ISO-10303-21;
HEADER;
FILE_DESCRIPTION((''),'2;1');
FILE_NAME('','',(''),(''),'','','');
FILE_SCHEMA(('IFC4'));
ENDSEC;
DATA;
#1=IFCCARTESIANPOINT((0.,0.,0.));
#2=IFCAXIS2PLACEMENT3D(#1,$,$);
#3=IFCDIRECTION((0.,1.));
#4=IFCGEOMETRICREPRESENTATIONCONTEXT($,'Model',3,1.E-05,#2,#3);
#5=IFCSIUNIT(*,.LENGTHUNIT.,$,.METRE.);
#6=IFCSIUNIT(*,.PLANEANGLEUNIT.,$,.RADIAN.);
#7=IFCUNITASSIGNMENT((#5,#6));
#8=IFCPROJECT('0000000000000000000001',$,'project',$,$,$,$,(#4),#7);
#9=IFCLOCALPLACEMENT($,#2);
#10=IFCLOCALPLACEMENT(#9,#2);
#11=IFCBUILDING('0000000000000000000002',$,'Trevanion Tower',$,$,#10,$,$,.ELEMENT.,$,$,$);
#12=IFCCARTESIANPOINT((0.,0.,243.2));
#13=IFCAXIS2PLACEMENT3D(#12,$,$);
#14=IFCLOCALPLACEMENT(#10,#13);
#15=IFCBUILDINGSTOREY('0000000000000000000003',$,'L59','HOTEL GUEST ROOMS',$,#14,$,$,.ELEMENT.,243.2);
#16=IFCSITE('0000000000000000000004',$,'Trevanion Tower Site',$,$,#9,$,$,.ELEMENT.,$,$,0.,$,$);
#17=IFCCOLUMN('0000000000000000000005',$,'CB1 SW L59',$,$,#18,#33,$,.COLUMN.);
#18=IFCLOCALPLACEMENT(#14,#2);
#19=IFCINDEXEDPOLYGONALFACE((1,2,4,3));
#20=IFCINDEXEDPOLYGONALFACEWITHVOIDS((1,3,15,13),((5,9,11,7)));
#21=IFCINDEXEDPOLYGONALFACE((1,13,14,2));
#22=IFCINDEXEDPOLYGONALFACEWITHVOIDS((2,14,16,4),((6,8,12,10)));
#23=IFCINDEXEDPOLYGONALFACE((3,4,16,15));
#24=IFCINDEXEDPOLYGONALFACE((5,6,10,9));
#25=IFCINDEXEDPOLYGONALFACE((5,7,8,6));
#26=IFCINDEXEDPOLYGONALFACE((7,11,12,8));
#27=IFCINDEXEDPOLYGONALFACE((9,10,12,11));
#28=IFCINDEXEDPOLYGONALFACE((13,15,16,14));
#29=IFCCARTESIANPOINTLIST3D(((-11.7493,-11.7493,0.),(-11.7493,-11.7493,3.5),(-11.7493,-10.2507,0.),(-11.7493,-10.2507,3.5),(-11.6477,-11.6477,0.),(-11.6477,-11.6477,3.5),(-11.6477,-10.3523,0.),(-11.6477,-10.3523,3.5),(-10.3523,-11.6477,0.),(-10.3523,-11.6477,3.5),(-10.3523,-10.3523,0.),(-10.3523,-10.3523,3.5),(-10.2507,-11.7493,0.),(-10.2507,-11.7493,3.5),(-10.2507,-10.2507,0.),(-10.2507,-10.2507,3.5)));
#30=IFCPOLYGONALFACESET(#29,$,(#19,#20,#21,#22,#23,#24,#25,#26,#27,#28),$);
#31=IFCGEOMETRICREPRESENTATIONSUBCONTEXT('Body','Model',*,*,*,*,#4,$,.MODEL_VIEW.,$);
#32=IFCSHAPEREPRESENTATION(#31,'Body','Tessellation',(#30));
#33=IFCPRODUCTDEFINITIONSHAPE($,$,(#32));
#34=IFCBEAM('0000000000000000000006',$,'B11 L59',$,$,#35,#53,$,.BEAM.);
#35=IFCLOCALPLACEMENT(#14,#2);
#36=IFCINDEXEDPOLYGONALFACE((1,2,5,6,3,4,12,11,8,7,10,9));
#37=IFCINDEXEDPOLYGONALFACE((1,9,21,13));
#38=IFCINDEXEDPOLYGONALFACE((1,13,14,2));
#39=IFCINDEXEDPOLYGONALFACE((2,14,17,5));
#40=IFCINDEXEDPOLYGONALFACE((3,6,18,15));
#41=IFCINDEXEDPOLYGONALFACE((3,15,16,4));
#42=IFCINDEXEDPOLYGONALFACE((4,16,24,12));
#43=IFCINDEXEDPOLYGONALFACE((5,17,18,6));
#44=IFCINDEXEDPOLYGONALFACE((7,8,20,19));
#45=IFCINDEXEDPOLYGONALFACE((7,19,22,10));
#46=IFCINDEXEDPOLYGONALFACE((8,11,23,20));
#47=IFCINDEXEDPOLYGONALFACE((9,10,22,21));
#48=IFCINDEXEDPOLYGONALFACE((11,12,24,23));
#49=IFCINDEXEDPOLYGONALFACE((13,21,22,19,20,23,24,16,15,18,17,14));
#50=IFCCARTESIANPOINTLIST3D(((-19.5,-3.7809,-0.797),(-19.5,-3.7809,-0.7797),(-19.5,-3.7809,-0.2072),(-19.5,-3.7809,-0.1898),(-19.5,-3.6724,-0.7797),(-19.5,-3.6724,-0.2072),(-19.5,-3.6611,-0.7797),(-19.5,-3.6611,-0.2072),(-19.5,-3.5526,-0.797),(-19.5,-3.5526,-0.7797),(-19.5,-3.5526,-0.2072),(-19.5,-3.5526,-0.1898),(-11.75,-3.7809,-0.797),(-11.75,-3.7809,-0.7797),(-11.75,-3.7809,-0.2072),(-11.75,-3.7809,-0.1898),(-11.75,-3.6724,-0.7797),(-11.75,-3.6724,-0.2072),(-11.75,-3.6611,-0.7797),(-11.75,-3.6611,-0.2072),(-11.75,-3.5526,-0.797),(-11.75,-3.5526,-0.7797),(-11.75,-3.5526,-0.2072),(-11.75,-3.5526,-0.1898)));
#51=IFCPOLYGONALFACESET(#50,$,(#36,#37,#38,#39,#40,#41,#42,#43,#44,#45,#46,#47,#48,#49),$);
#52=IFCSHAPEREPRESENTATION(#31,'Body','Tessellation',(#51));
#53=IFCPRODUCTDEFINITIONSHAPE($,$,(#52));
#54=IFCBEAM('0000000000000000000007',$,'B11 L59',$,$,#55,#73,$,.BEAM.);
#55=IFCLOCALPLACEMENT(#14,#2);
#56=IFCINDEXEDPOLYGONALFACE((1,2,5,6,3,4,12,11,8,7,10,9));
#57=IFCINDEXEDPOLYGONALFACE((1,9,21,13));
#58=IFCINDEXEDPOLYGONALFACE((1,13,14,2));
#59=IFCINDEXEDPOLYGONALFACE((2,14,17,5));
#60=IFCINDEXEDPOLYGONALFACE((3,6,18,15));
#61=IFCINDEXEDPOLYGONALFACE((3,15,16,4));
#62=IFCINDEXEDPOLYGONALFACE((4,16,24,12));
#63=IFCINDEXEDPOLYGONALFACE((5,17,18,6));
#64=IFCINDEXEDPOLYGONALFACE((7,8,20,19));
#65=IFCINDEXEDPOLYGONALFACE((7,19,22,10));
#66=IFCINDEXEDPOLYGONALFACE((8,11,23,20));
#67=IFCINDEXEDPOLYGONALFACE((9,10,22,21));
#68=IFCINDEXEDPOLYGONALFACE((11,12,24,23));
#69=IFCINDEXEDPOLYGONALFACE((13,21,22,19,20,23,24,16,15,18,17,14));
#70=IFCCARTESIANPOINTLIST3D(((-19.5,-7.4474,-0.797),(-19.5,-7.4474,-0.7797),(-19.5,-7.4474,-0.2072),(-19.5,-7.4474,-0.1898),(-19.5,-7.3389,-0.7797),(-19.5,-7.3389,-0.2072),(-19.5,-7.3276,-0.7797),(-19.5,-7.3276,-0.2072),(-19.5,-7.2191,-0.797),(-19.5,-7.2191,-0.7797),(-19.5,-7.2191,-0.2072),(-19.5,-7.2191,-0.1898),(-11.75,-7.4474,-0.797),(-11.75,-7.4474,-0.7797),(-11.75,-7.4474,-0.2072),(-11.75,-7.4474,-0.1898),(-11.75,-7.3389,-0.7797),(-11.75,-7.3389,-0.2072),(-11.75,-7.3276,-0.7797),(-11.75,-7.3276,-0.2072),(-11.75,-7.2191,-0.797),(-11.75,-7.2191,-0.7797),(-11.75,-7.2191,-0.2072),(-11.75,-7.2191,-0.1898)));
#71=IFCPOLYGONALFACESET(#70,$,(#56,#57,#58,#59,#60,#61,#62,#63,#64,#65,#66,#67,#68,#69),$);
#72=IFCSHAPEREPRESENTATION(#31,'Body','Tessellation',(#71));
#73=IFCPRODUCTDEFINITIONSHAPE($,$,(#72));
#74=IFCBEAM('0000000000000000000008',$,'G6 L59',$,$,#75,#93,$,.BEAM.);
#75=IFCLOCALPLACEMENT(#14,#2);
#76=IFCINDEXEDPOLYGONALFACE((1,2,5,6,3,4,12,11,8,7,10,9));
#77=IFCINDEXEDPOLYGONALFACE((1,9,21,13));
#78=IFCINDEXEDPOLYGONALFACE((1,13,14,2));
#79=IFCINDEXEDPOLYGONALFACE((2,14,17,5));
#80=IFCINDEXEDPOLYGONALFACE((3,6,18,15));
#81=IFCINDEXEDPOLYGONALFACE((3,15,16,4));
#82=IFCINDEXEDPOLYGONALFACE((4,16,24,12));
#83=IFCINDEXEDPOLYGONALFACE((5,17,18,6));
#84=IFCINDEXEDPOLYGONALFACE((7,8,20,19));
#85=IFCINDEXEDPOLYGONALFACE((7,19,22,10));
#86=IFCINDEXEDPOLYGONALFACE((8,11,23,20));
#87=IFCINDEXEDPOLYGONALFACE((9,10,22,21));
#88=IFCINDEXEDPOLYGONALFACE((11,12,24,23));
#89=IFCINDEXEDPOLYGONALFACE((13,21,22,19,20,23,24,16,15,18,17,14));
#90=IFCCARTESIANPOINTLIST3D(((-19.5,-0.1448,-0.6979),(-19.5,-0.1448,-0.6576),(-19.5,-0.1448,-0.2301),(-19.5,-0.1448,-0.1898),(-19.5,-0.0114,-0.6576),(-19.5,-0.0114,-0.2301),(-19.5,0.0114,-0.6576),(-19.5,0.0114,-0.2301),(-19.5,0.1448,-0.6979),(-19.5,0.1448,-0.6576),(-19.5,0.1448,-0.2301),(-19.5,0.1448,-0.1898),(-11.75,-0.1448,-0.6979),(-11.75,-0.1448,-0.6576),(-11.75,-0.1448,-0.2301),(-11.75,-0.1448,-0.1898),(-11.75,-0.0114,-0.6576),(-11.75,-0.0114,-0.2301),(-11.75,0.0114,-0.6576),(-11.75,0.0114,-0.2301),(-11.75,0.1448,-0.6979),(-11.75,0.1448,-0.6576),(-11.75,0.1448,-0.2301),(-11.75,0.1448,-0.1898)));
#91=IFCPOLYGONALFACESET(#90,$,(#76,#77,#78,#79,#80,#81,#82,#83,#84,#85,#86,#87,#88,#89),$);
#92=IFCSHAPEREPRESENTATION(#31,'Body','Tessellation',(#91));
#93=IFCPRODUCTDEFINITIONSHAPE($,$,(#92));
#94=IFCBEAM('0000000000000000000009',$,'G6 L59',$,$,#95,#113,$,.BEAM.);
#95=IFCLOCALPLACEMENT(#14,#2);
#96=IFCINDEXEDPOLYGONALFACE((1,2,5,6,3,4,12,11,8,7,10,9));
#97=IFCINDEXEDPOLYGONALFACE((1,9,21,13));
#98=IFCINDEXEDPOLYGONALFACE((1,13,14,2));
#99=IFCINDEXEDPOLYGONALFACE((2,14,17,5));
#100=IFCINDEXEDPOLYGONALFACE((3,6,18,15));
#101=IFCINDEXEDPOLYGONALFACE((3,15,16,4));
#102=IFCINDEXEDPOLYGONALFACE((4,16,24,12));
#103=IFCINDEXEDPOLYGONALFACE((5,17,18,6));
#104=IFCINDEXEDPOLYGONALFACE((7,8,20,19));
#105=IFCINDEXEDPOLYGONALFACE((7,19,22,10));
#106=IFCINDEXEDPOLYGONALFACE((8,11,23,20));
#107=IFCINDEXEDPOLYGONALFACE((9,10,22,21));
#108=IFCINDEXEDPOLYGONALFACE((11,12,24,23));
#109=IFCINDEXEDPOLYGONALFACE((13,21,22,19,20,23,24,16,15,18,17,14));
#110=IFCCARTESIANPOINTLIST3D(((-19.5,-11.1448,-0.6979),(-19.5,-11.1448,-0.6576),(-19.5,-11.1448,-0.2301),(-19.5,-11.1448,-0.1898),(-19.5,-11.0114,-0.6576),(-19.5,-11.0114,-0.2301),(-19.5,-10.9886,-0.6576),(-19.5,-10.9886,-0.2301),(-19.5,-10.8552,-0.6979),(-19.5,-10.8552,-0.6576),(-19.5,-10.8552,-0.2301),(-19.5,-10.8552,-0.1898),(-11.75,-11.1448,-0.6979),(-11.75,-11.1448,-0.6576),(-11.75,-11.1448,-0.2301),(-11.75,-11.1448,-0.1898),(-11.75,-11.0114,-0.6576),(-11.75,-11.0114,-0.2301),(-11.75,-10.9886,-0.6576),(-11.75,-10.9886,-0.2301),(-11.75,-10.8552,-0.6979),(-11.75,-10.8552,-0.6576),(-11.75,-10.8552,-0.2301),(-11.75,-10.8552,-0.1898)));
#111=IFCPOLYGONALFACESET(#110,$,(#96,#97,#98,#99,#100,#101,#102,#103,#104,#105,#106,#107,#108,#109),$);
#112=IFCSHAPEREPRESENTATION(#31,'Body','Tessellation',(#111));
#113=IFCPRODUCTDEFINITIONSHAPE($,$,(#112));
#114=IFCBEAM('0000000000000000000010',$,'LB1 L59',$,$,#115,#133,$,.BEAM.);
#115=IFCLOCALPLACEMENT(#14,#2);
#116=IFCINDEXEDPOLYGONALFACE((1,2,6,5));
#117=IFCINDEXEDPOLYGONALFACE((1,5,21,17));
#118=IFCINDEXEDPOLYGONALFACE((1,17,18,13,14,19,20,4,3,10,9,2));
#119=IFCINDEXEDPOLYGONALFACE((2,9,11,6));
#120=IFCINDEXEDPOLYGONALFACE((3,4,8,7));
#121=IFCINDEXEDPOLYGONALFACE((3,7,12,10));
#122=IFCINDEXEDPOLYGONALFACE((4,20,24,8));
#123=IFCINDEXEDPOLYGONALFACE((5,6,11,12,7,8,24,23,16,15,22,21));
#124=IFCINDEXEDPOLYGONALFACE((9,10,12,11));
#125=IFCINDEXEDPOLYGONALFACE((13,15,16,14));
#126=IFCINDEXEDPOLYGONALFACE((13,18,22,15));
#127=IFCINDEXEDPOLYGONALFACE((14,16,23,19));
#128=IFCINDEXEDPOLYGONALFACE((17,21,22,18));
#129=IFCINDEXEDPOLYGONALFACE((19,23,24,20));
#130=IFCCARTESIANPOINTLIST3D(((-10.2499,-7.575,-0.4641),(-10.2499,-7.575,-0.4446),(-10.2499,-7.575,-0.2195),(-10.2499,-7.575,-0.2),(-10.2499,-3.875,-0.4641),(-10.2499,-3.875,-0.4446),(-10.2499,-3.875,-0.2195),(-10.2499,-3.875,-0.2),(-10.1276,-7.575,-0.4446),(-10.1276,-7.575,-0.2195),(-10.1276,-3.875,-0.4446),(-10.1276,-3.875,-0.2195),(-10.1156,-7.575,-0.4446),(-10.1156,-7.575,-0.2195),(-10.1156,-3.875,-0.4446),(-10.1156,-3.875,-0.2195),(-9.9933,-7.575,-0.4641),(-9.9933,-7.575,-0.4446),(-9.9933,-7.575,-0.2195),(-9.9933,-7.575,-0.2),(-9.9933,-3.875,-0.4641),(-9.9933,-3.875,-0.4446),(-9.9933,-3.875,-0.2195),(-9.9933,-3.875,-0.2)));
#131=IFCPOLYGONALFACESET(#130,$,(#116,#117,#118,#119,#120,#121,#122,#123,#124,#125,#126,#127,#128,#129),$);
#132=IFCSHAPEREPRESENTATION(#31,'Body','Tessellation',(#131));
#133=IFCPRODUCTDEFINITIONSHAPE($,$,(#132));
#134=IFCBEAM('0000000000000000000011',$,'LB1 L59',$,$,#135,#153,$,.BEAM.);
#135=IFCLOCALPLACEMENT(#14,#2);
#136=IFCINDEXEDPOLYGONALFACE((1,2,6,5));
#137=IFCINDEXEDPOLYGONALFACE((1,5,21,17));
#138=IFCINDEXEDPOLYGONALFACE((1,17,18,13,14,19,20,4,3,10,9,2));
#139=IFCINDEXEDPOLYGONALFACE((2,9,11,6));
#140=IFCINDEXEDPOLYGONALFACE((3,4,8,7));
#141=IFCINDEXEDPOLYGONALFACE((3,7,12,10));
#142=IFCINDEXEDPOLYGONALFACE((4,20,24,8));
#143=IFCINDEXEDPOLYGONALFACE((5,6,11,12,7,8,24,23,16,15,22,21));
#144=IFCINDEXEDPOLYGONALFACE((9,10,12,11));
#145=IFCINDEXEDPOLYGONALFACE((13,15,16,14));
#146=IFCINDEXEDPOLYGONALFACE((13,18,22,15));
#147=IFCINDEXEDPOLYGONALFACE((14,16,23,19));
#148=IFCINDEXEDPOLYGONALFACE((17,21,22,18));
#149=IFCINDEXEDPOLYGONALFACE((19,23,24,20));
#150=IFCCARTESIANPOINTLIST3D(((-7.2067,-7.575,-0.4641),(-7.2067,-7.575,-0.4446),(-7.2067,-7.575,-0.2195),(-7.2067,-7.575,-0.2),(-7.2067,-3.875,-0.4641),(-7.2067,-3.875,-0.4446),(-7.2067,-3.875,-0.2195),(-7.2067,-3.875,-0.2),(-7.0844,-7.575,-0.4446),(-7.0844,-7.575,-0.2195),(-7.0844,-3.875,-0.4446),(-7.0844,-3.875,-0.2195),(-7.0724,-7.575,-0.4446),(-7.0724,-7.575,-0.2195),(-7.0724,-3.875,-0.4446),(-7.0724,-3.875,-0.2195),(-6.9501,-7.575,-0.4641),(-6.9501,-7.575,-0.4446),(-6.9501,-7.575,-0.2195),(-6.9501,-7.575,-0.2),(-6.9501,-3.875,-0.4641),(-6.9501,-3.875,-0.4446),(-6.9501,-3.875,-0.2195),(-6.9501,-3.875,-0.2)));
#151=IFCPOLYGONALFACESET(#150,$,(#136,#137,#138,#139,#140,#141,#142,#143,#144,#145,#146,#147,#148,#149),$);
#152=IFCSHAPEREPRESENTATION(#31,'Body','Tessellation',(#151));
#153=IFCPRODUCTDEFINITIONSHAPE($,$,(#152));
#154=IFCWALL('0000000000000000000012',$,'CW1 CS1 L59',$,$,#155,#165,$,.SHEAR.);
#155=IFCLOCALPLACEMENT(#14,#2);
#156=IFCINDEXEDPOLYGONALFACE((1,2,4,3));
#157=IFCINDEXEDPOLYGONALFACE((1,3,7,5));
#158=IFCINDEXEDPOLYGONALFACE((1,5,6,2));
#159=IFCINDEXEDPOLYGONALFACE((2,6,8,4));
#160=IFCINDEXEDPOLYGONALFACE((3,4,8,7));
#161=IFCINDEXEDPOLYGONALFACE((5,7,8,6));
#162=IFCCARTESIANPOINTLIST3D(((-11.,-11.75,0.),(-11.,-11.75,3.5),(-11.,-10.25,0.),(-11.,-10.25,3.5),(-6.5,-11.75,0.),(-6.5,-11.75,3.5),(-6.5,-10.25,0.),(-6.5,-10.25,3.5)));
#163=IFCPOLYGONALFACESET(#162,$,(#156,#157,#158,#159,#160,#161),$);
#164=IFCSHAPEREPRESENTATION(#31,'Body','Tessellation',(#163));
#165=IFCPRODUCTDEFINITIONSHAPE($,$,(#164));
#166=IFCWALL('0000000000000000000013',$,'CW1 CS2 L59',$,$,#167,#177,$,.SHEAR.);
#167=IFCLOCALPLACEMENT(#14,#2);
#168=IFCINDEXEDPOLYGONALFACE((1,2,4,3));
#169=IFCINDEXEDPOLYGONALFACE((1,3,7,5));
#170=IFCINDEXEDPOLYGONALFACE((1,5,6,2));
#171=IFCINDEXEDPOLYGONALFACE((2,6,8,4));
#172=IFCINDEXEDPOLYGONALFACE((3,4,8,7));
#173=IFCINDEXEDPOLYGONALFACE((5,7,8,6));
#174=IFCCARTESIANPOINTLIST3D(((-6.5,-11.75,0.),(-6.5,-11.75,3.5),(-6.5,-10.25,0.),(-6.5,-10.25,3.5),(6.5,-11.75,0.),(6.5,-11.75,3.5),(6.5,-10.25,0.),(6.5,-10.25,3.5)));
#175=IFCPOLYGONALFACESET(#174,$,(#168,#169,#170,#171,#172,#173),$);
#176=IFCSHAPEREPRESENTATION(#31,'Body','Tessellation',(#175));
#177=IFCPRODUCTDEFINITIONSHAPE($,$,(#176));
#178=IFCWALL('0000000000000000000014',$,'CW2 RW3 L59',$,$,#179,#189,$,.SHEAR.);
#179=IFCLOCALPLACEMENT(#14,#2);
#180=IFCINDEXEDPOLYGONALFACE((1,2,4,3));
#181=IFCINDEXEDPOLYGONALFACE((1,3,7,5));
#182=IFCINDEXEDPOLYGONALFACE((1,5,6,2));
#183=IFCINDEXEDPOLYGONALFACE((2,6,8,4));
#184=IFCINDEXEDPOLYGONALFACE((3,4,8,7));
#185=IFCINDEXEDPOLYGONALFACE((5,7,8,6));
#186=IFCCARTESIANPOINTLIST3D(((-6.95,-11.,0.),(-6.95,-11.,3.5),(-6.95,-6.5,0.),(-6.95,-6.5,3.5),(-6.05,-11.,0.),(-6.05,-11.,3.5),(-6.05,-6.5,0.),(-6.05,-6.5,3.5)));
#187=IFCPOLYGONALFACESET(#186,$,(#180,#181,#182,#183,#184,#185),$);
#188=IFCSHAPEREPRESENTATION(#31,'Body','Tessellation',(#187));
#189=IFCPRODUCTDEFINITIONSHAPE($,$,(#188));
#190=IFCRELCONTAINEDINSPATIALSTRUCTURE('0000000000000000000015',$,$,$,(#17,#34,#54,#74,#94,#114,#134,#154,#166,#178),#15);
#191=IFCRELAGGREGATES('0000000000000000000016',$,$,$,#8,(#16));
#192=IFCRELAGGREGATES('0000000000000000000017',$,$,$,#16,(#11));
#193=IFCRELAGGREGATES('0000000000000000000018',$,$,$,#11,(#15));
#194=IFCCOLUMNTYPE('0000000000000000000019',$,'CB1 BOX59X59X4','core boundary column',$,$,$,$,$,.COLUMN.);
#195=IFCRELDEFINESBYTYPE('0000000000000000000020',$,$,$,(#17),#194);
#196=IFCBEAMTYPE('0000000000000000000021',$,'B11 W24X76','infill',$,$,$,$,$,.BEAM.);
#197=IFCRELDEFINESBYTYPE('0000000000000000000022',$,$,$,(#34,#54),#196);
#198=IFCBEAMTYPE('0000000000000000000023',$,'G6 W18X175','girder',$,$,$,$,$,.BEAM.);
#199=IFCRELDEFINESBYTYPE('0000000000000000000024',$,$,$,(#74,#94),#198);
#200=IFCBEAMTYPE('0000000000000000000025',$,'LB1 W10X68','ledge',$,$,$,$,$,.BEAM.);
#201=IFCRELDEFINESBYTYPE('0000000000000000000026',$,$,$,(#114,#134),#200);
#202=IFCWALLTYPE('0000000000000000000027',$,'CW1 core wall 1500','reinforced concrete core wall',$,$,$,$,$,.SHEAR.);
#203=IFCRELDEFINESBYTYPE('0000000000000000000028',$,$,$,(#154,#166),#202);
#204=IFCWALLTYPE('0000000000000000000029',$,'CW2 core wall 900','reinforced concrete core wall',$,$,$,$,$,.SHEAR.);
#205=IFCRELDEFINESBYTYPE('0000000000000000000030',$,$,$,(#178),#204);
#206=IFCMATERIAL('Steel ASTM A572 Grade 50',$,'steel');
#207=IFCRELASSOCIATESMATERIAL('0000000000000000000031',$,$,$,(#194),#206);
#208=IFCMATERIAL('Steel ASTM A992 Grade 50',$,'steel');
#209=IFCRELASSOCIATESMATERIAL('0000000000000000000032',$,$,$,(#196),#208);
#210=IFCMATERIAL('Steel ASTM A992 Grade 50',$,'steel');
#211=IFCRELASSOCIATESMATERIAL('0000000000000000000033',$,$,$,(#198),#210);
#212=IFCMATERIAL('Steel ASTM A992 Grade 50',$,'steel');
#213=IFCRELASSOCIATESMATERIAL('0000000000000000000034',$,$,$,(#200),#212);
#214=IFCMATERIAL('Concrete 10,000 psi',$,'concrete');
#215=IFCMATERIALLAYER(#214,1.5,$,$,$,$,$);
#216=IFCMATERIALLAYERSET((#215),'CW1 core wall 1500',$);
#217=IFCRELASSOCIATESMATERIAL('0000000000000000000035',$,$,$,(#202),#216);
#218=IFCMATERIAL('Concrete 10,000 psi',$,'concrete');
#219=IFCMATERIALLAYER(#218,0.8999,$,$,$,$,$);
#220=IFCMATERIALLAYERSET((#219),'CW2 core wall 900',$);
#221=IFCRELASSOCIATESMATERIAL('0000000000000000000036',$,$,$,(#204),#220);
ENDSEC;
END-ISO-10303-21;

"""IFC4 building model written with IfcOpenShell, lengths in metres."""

from ifc_helpers import new_model, si_unit, direction, frame, frame_2d, origin, origin_2d, place, context, subcontext, project, spatial, rectangle, hollow_rectangle, i_section, extrude, material, layer, layer_set, material_profile, profile_set, type_object, element, save


model = new_model("IFC4")

# Units and contexts
model_context = context("Model", 3, precision=1e-05, world=origin(), true_north=direction((0.0, 1.0)))
body_context = subcontext(model_context, "Body", "Model", "MODEL_VIEW")
ifc_project = project(units=[si_unit("LENGTHUNIT", "METRE"), si_unit("PLANEANGLEUNIT", "RADIAN")], contexts=[model_context])

# Site, building, storey
site_placement = place(None, origin())
site = spatial("IfcSite", under=ifc_project, at=site_placement, Name="Trevanion Tower Site", CompositionType="ELEMENT", RefElevation=0.0)
building_placement = place(site_placement, origin())
building = spatial("IfcBuilding", under=site, at=building_placement, Name="Trevanion Tower", CompositionType="ELEMENT")
storey_placement = place(building_placement, frame((0.0, 0.0, 243.2)))
storey = spatial("IfcBuildingStorey", under=building, at=storey_placement, Name="L59", Description="HOTEL GUEST ROOMS", CompositionType="ELEMENT", Elevation=243.2)

# Column
ifc_material_1 = material(Name="Steel ASTM A572 Grade 50", Category="steel")
ifc_material_profile_1 = material_profile(ifc_material_1, hollow_rectangle(XDim=1.4985, YDim=1.4985, WallThickness=0.1016, at=origin_2d()), Name="BOX59X59X4")
ifc_profile_set_1 = profile_set([ifc_material_profile_1], Name="Steel ASTM A572 Grade 50")
column_type = type_object("IfcColumnType", Name="CB1 BOX59X59X4", Description="core boundary column", PredefinedType="COLUMN", material=ifc_profile_set_1)
column_placement = place(storey_placement, frame((-11.0, -11.0, 0.0), z_axis=(0.0, 0.0, 1.0), x_axis=(1.0, 0.0, 0.0)))
element("IfcColumn", 1, at=column_placement, inside=storey, type_object=column_type, Name="CB1 SW L59", PredefinedType="COLUMN", context=body_context, shape_type="SweptSolid", body=[
    extrude(hollow_rectangle(XDim=1.4985, YDim=1.4985, WallThickness=0.1016, at=origin_2d()), origin(), (0.0, 0.0, 1.0), 3.5),
])

# Beams
ifc_material_2 = material(Name="Steel ASTM A992 Grade 50", Category="steel")
ifc_material_profile_2 = material_profile(ifc_material_2, i_section(OverallWidth=0.2283, OverallDepth=0.6072, WebThickness=0.0112, FlangeThickness=0.0173, at=origin_2d()), Name="W24X76")
ifc_profile_set_2 = profile_set([ifc_material_profile_2], Name="Steel ASTM A992 Grade 50")
beam_type_1 = type_object("IfcBeamType", Name="B11 W24X76", Description="infill", PredefinedType="BEAM", material=ifc_profile_set_2)
for number, where, z_axis, x_axis, name in (
    (2, (-11.75, -3.6667, -0.4934), (-1.0, 0.0, 0.0), (0.0, -1.0, 0.0), "B11 L59"),
    (3, (-11.75, -7.3333, -0.4934), (-1.0, 0.0, 0.0), (0.0, -1.0, 0.0), "B11 L59"),
):
    element("IfcBeam", number, at=place(storey_placement, frame(where, z_axis=z_axis, x_axis=x_axis)), inside=storey, type_object=beam_type_1, Name=name, PredefinedType="BEAM", context=body_context, shape_type="SweptSolid", body=[
        extrude(i_section(OverallWidth=0.2283, OverallDepth=0.6072, WebThickness=0.0112, FlangeThickness=0.0173, at=origin_2d()), origin(), (0.0, 0.0, 1.0), 7.75),
    ])
ifc_material_3 = material(Name="Steel ASTM A992 Grade 50", Category="steel")
ifc_material_profile_3 = material_profile(ifc_material_3, i_section(OverallWidth=0.2896, OverallDepth=0.5081, WebThickness=0.0227, FlangeThickness=0.0403, at=origin_2d()), Name="W18X175")
ifc_profile_set_3 = profile_set([ifc_material_profile_3], Name="Steel ASTM A992 Grade 50")
beam_type_2 = type_object("IfcBeamType", Name="G6 W18X175", Description="girder", PredefinedType="BEAM", material=ifc_profile_set_3)
for number, where, z_axis, x_axis, name in (
    (4, (-11.75, 0.0, -0.4438), (-1.0, 0.0, 0.0), (0.0, -1.0, 0.0), "G6 L59"),
    (5, (-11.75, -11.0, -0.4438), (-1.0, 0.0, 0.0), (0.0, -1.0, 0.0), "G6 L59"),
):
    element("IfcBeam", number, at=place(storey_placement, frame(where, z_axis=z_axis, x_axis=x_axis)), inside=storey, type_object=beam_type_2, Name=name, PredefinedType="BEAM", context=body_context, shape_type="SweptSolid", body=[
        extrude(i_section(OverallWidth=0.2896, OverallDepth=0.5081, WebThickness=0.0227, FlangeThickness=0.0403, at=origin_2d()), origin(), (0.0, 0.0, 1.0), 7.75),
    ])
ifc_material_4 = material(Name="Steel ASTM A992 Grade 50", Category="steel")
ifc_material_profile_4 = material_profile(ifc_material_4, i_section(OverallWidth=0.2566, OverallDepth=0.2642, WebThickness=0.012, FlangeThickness=0.0195, at=origin_2d()), Name="W10X68")
ifc_profile_set_4 = profile_set([ifc_material_profile_4], Name="Steel ASTM A992 Grade 50")
beam_type_3 = type_object("IfcBeamType", Name="LB1 W10X68", Description="ledge", PredefinedType="BEAM", material=ifc_profile_set_4)
for number, where, z_axis, x_axis, name in (
    (6, (-10.1216, -7.575, -0.332), (0.0, 1.0, 0.0), (-1.0, 0.0, 0.0), "LB1 L59"),
    (7, (-7.0784, -7.575, -0.332), (0.0, 1.0, 0.0), (-1.0, 0.0, 0.0), "LB1 L59"),
):
    element("IfcBeam", number, at=place(storey_placement, frame(where, z_axis=z_axis, x_axis=x_axis)), inside=storey, type_object=beam_type_3, Name=name, PredefinedType="BEAM", context=body_context, shape_type="SweptSolid", body=[
        extrude(i_section(OverallWidth=0.2566, OverallDepth=0.2642, WebThickness=0.012, FlangeThickness=0.0195, at=origin_2d()), origin(), (0.0, 0.0, 1.0), 3.7),
    ])

# Walls
ifc_material_5 = material(Name="Concrete 10,000 psi", Category="concrete")
ifc_layer_1 = layer(ifc_material_5, 1.5)
ifc_layer_set_1 = layer_set([ifc_layer_1], Name="CW1 core wall 1500")
wall_type_1 = type_object("IfcWallType", Name="CW1 core wall 1500", Description="reinforced concrete core wall", PredefinedType="SHEAR", material=ifc_layer_set_1)
wall_1_placement = place(storey_placement, frame((-11.0, -11.0, 0.0), z_axis=(0.0, 0.0, 1.0), x_axis=(1.0, 0.0, 0.0)))
element("IfcWall", 8, at=wall_1_placement, inside=storey, type_object=wall_type_1, Name="CW1 CS1 L59", PredefinedType="SHEAR", context=body_context, shape_type="SweptSolid", body=[
    extrude(rectangle(XDim=4.5, YDim=1.5, at=frame_2d((2.25, 0.0))), origin(), (0.0, 0.0, 1.0), 3.5),
])
wall_2_placement = place(storey_placement, frame((-6.5, -11.0, 0.0), z_axis=(0.0, 0.0, 1.0), x_axis=(1.0, 0.0, 0.0)))
element("IfcWall", 9, at=wall_2_placement, inside=storey, type_object=wall_type_1, Name="CW1 CS2 L59", PredefinedType="SHEAR", context=body_context, shape_type="SweptSolid", body=[
    extrude(rectangle(XDim=13.0, YDim=1.5, at=frame_2d((6.5, 0.0))), origin(), (0.0, 0.0, 1.0), 3.5),
])
ifc_material_6 = material(Name="Concrete 10,000 psi", Category="concrete")
ifc_layer_2 = layer(ifc_material_6, 0.8999)
ifc_layer_set_2 = layer_set([ifc_layer_2], Name="CW2 core wall 900")
wall_type_2 = type_object("IfcWallType", Name="CW2 core wall 900", Description="reinforced concrete core wall", PredefinedType="SHEAR", material=ifc_layer_set_2)
wall_3_placement = place(storey_placement, frame((-6.5, -6.5, 0.0), z_axis=(0.0, 0.0, 1.0), x_axis=(0.0, -1.0, 0.0)))
element("IfcWall", 10, at=wall_3_placement, inside=storey, type_object=wall_type_2, Name="CW2 RW3 L59", PredefinedType="SHEAR", context=body_context, shape_type="SweptSolid", body=[
    extrude(rectangle(XDim=4.5, YDim=0.8999, at=frame_2d((2.25, 0.0))), origin(), (0.0, 0.0, 1.0), 3.5),
])

save(model, "model.ifc")
